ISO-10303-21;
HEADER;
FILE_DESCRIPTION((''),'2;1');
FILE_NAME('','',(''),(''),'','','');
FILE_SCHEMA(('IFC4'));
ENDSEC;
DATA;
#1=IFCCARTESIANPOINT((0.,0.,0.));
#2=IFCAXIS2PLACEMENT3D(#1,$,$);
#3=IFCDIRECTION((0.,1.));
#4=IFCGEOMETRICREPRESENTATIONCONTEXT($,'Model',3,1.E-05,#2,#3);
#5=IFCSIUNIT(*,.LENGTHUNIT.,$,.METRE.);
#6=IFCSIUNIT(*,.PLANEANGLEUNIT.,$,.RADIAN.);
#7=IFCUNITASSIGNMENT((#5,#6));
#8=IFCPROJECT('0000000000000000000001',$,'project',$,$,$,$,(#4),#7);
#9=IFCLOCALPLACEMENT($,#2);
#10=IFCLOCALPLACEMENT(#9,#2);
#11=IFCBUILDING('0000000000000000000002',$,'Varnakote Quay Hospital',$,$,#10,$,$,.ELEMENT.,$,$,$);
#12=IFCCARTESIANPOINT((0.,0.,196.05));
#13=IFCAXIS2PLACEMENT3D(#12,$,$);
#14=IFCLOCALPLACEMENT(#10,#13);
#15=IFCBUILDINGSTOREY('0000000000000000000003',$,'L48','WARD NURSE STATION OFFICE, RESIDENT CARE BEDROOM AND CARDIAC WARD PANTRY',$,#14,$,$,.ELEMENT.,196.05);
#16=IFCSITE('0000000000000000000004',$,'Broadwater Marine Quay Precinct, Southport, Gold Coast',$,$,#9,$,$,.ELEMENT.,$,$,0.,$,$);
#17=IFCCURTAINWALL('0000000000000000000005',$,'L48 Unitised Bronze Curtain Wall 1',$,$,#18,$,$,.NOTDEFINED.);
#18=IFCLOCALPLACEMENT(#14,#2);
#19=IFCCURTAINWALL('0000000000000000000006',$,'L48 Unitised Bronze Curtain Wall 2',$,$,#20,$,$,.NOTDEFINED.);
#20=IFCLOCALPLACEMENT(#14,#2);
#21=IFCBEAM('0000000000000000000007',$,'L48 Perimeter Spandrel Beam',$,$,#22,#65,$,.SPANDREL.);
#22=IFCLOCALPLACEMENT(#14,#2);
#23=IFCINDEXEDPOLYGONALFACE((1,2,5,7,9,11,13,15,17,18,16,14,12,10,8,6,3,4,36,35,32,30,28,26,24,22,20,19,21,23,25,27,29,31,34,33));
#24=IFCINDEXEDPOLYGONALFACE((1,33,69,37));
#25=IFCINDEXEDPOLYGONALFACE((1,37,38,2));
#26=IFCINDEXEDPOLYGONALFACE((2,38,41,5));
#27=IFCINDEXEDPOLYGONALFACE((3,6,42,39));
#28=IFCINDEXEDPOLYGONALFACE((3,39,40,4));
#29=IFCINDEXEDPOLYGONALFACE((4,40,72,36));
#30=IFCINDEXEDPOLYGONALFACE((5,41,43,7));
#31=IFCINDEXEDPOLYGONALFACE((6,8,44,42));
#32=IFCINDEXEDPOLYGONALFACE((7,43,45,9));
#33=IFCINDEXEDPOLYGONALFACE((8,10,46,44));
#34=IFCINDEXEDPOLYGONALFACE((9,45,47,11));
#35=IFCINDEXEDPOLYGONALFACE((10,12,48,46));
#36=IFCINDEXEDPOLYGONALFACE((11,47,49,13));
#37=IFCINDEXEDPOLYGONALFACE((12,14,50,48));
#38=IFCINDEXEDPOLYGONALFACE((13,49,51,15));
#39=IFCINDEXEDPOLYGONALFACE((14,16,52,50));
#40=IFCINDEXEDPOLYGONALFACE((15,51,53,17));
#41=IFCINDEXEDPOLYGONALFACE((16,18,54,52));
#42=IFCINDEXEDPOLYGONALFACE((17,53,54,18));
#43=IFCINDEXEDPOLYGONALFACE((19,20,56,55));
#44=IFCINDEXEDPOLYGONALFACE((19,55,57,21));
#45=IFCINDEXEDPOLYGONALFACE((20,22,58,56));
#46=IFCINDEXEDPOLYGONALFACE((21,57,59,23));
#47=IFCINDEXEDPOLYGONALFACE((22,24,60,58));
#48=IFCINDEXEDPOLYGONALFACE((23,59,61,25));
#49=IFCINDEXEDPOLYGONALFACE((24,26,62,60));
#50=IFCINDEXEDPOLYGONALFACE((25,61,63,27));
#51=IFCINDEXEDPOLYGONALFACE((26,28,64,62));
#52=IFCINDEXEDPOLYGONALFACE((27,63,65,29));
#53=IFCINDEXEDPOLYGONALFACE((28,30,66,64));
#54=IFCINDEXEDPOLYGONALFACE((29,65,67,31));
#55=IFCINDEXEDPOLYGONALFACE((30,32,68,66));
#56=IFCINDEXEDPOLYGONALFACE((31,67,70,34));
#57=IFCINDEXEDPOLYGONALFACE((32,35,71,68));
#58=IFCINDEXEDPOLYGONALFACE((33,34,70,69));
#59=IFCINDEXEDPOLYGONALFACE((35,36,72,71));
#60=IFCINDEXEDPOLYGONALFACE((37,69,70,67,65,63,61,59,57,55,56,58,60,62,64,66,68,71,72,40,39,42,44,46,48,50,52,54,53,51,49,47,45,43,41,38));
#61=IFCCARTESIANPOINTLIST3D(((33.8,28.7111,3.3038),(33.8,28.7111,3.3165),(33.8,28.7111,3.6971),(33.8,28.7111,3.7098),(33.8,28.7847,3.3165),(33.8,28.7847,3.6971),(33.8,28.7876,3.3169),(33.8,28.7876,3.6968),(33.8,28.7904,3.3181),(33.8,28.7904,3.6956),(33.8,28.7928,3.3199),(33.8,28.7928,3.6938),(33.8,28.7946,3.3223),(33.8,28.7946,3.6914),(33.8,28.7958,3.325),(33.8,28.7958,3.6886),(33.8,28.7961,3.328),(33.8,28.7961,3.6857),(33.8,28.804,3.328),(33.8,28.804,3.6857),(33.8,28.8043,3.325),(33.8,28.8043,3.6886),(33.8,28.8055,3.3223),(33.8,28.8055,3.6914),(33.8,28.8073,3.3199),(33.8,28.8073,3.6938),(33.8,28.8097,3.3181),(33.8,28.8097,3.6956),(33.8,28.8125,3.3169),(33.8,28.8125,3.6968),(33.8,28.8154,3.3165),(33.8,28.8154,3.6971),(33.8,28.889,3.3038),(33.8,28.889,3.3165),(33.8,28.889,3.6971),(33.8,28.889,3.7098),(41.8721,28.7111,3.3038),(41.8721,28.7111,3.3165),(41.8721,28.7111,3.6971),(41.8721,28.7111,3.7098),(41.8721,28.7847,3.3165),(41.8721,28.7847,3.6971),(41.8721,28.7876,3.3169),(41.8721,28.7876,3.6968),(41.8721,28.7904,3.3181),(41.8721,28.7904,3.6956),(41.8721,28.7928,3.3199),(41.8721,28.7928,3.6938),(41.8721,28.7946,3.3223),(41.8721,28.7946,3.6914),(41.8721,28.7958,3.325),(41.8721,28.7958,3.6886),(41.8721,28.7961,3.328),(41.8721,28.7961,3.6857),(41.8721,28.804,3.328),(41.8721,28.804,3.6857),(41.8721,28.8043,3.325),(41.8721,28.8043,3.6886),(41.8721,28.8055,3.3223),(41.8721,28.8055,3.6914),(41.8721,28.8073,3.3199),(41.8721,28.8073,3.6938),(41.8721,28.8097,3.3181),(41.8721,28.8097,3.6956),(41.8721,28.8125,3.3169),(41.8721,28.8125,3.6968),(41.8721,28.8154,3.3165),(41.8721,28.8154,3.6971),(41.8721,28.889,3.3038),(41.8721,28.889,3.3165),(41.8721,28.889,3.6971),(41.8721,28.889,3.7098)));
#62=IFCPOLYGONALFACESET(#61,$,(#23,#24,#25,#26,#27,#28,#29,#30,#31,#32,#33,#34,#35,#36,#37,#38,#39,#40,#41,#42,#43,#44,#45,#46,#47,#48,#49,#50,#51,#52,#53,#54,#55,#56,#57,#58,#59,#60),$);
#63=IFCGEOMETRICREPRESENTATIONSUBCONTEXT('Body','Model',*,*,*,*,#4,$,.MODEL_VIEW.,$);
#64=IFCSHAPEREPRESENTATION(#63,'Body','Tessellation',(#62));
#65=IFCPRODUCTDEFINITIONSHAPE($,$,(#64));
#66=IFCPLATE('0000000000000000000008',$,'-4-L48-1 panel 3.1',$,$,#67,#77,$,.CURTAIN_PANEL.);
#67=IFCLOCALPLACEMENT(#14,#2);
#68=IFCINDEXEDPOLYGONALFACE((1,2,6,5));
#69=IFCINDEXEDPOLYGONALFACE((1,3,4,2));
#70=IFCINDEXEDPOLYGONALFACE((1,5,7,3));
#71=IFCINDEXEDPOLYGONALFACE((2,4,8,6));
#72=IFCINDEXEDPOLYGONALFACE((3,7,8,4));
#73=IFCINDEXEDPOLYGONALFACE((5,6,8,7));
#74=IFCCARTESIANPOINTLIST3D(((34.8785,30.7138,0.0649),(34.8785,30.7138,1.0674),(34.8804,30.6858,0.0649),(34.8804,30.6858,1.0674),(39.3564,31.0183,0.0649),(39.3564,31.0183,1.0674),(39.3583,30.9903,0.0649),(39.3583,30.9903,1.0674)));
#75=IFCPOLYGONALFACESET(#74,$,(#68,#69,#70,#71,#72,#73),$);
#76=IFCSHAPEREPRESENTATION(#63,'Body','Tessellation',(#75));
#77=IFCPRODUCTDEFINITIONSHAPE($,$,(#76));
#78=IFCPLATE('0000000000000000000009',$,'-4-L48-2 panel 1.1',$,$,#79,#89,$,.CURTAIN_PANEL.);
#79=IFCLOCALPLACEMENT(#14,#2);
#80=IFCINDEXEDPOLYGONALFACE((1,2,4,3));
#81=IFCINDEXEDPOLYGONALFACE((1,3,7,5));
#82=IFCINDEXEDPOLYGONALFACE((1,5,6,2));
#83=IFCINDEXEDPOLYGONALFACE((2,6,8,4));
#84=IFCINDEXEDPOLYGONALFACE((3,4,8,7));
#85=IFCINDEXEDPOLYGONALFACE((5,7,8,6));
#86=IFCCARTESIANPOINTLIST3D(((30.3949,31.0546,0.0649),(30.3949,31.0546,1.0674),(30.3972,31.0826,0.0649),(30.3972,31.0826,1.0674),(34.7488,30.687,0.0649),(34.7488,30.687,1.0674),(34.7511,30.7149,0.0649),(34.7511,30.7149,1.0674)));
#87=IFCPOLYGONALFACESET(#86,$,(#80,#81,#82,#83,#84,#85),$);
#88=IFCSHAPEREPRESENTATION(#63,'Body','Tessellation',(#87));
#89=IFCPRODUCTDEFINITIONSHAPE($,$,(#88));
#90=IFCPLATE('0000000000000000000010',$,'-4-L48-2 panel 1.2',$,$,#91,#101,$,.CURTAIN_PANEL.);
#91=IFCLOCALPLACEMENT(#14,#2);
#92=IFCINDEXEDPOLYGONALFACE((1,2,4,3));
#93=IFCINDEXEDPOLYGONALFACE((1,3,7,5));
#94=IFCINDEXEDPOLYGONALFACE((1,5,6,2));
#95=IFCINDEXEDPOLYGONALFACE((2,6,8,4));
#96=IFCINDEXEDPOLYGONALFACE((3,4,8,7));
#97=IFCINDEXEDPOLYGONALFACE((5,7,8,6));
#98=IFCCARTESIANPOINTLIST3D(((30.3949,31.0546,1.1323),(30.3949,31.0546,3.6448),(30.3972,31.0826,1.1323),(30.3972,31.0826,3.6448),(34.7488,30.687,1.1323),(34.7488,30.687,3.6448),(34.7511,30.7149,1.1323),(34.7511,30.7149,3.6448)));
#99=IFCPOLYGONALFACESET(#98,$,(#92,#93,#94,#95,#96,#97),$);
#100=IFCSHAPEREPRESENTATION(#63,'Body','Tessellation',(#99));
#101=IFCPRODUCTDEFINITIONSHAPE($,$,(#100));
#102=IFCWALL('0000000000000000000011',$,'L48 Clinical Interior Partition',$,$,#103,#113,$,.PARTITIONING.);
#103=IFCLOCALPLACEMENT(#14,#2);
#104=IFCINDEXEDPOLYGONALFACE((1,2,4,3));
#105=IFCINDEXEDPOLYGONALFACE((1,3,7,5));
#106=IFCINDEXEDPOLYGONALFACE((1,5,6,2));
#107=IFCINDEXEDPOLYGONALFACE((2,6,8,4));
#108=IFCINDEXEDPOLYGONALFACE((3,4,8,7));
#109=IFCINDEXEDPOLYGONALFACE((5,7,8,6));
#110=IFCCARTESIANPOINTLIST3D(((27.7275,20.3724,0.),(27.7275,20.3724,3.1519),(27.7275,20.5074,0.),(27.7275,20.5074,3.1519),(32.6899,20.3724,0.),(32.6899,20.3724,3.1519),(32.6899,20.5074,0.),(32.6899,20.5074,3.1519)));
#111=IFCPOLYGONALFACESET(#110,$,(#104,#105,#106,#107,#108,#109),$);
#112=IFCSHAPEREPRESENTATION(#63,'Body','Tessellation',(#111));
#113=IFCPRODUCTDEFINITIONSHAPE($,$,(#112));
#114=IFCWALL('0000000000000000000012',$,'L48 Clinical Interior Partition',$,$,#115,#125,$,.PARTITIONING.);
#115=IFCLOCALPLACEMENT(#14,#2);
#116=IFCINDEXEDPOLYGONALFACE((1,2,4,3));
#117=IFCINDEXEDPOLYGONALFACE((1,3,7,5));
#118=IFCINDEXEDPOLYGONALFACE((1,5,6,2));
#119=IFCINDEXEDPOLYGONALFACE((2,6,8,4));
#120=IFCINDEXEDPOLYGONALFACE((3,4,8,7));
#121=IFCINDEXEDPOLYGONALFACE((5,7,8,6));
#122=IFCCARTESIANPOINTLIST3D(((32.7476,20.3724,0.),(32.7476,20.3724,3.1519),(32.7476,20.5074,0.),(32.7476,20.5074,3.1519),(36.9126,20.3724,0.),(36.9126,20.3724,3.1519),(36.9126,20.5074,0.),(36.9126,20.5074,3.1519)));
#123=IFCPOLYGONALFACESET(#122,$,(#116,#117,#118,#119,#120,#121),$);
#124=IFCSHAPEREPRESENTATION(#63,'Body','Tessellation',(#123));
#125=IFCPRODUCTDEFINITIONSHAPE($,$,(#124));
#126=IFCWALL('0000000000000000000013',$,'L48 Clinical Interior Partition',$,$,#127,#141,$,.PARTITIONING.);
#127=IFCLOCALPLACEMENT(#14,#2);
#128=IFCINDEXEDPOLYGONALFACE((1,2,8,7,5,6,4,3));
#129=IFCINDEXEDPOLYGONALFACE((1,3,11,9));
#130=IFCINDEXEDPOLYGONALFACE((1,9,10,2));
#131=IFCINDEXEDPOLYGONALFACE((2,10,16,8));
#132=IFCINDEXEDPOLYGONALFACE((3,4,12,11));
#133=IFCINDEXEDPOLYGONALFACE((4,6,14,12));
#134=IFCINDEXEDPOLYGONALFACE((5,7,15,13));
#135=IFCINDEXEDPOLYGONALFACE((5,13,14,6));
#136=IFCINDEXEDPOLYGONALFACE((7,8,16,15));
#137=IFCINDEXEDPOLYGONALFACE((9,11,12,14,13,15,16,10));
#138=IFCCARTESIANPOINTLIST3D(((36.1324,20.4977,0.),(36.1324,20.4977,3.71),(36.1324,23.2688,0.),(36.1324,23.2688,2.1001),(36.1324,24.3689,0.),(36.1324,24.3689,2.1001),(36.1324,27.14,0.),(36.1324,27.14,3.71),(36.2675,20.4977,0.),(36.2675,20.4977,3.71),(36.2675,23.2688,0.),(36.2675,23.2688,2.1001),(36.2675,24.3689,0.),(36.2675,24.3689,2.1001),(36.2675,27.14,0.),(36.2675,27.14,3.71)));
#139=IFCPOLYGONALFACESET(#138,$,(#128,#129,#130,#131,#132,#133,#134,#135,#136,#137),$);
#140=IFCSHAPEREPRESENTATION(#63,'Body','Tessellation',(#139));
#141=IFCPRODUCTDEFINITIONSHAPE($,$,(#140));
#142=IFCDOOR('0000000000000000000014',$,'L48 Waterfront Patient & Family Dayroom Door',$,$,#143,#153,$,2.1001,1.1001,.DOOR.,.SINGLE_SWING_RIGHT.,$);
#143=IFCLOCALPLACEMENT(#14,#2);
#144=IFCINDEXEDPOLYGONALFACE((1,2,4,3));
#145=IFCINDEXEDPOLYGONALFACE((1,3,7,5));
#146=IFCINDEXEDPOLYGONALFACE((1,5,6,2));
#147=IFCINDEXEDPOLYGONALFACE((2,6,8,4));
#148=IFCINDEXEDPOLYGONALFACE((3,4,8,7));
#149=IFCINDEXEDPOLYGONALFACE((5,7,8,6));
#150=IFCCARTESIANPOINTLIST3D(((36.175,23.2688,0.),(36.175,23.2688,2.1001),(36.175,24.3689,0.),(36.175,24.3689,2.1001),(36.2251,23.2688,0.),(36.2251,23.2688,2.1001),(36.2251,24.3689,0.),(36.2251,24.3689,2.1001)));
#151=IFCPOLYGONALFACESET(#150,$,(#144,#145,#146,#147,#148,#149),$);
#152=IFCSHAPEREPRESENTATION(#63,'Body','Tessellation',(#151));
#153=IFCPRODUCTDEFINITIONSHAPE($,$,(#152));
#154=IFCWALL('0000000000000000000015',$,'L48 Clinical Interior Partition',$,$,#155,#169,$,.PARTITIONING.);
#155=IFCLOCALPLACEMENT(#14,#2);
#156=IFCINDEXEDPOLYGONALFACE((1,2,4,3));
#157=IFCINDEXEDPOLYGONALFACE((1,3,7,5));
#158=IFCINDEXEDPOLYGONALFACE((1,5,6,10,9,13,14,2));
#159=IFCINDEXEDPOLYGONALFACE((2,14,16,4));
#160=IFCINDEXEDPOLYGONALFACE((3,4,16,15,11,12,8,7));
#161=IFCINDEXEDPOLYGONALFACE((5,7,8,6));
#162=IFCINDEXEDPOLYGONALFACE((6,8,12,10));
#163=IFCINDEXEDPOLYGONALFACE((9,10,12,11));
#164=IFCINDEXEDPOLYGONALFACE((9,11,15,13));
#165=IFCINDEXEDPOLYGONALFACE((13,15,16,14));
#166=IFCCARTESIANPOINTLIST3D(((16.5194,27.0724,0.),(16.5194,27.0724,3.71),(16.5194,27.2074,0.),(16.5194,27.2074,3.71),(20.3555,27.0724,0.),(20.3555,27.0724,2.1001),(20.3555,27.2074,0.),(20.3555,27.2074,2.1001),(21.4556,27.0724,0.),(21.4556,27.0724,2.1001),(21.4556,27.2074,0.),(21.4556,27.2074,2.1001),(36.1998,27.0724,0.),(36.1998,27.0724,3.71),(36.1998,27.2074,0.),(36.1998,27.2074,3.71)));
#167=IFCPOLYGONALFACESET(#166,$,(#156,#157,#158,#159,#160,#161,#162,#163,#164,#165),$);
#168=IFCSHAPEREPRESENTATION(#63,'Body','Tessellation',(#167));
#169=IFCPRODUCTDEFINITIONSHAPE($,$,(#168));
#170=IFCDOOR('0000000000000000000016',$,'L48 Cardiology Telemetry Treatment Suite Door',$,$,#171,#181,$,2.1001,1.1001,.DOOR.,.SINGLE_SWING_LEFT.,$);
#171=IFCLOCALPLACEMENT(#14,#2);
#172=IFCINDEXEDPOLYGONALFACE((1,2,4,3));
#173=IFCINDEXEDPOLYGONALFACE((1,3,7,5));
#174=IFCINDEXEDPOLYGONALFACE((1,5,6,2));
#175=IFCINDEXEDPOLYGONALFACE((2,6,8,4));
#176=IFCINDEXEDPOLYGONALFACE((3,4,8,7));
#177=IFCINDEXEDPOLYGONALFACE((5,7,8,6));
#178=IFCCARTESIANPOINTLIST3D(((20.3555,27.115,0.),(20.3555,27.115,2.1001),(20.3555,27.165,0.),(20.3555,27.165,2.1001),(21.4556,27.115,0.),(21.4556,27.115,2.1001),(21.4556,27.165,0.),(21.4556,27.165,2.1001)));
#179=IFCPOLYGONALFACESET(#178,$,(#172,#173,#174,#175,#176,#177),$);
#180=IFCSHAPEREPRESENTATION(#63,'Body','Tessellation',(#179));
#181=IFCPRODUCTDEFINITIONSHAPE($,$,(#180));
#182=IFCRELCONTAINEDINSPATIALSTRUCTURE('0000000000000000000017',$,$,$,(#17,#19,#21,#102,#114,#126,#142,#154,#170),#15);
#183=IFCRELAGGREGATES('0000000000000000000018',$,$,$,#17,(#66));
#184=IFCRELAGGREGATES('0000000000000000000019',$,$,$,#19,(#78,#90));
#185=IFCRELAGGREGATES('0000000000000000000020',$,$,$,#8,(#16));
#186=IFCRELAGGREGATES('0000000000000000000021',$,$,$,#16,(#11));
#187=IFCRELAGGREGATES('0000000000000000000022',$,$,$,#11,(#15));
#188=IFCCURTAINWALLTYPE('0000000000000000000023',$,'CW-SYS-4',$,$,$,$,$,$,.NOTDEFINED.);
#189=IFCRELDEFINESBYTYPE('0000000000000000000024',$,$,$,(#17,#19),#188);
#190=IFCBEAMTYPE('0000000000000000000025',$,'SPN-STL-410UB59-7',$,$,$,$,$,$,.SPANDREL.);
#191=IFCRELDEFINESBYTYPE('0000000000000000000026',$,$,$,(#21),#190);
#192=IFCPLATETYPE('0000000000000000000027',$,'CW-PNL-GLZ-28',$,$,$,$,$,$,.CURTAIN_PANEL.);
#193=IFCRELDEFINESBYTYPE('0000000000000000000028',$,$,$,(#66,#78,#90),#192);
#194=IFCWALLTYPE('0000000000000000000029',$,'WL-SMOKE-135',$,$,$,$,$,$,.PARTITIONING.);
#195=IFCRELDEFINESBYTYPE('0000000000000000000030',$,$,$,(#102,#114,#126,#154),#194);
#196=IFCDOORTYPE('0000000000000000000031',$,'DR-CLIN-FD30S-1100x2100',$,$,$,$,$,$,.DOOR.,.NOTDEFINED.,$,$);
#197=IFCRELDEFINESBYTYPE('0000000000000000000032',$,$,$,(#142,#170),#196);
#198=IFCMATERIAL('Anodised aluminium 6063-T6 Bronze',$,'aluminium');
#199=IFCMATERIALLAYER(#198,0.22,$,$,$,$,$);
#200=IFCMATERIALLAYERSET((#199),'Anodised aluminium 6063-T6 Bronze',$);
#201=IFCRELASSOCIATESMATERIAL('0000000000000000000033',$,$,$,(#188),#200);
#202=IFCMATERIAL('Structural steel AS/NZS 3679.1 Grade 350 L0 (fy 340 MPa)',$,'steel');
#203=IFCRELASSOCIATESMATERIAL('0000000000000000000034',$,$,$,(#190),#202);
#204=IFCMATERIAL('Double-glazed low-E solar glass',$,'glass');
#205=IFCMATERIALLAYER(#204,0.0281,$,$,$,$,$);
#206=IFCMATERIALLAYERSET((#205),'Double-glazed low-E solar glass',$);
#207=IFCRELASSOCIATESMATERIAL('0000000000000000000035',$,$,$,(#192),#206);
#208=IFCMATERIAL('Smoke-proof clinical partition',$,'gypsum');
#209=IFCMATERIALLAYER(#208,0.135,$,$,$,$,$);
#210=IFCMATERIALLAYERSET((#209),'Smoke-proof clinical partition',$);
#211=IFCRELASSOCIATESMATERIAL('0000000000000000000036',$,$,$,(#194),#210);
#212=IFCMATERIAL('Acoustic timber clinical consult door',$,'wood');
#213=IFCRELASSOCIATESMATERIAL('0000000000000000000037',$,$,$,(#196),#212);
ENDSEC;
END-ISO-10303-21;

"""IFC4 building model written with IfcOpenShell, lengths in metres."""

from ifc_helpers import new_model, si_unit, direction, frame, frame_2d, origin, origin_2d, place, context, subcontext, project, spatial, rectangle, i_section, extrude, material, layer, layer_set, material_profile, profile_set, type_object, element, fill, aggregate, save


model = new_model("IFC4")

# Units and contexts
model_context = context("Model", 3, precision=1e-05, world=origin(), true_north=direction((0.0, 1.0)))
body_context = subcontext(model_context, "Body", "Model", "MODEL_VIEW")
ifc_project = project(units=[si_unit("LENGTHUNIT", "METRE"), si_unit("PLANEANGLEUNIT", "RADIAN")], contexts=[model_context])

# Site, building, storey
site_placement = place(None, origin())
site = spatial("IfcSite", under=ifc_project, at=site_placement, Name="Broadwater Marine Quay Precinct, Southport, Gold Coast", CompositionType="ELEMENT", RefElevation=0.0)
building_placement = place(site_placement, origin())
building = spatial("IfcBuilding", under=site, at=building_placement, Name="Varnakote Quay Hospital", CompositionType="ELEMENT")
storey_placement = place(building_placement, frame((0.0, 0.0, 196.05)))
storey = spatial("IfcBuildingStorey", under=building, at=storey_placement, Name="L48", Description="WARD NURSE STATION OFFICE, RESIDENT CARE BEDROOM AND CARDIAC WARD PANTRY", CompositionType="ELEMENT", Elevation=196.05)

# Curtain wall
ifc_material_1 = material(Name="Anodised aluminium 6063-T6 Bronze", Category="aluminium")
ifc_layer_1 = layer(ifc_material_1, 0.22)
ifc_layer_set_1 = layer_set([ifc_layer_1], Name="Anodised aluminium 6063-T6 Bronze")
curtain_wall_type = type_object("IfcCurtainWallType", Name="CW-SYS-4", PredefinedType="NOTDEFINED", material=ifc_layer_set_1)
curtain_wall_1_placement = place(storey_placement, origin())
curtain_wall_1 = element("IfcCurtainWall", 1, at=curtain_wall_1_placement, inside=storey, type_object=curtain_wall_type, Name="L48 Unitised Bronze Curtain Wall 1", PredefinedType="NOTDEFINED")

# Curtain wall
curtain_wall_2_placement = place(storey_placement, origin())
curtain_wall_2 = element("IfcCurtainWall", 2, at=curtain_wall_2_placement, inside=storey, type_object=curtain_wall_type, Name="L48 Unitised Bronze Curtain Wall 2", PredefinedType="NOTDEFINED")

# Beam
ifc_material_2 = material(Name="Structural steel AS/NZS 3679.1 Grade 350 L0 (fy 340 MPa)", Category="steel")
ifc_material_profile_1 = material_profile(ifc_material_2, i_section(OverallWidth=0.178, OverallDepth=0.406, WebThickness=0.0078, FlangeThickness=0.0127, FilletRadius=0.0115, at=origin_2d()), Name="410UB59.7")
ifc_profile_set_1 = profile_set([ifc_material_profile_1], Name="Structural steel AS/NZS 3679.1 Grade 350 L0 (fy 340 MPa)")
beam_type_1 = type_object("IfcBeamType", Name="SPN-STL-410UB59-7", PredefinedType="SPANDREL", material=ifc_profile_set_1)
beam_1_placement = place(storey_placement, frame((33.8, 28.8, 3.5068), z_axis=(1.0, 0.0, 0.0), x_axis=(0.0, 1.0, 0.0)))
element("IfcBeam", 3, at=beam_1_placement, inside=storey, type_object=beam_type_1, Name="L48 Perimeter Spandrel Beam", PredefinedType="SPANDREL", context=body_context, shape_type="SweptSolid", body=[
    extrude(i_section(OverallWidth=0.178, OverallDepth=0.406, WebThickness=0.0078, FlangeThickness=0.0127, FilletRadius=0.0115, at=origin_2d()), origin(), (0.0, 0.0, 1.0), 8.072),
])

# Plates
ifc_material_3 = material(Name="Double-glazed low-E solar glass", Category="glass")
ifc_layer_2 = layer(ifc_material_3, 0.0281)
ifc_layer_set_2 = layer_set([ifc_layer_2], Name="Double-glazed low-E solar glass")
plate_type = type_object("IfcPlateType", Name="CW-PNL-GLZ-28", PredefinedType="CURTAIN_PANEL", material=ifc_layer_set_2)
plate_1_placement = place(storey_placement, frame((37.1184, 30.8521, 0.0649), z_axis=(0.0, 0.0, 1.0), x_axis=(-0.997696, -0.067842, 0.0)))
plate_1 = element("IfcPlate", 4, at=plate_1_placement, type_object=plate_type, Name="-4-L48-1 panel 3.1", PredefinedType="CURTAIN_PANEL", context=body_context, shape_type="SweptSolid", body=[
    extrude(rectangle(XDim=4.4883, YDim=0.0281, at=origin_2d()), origin(), (0.0, 0.0, 1.0), 1.0024),
])
aggregate(curtain_wall_1, [plate_1])
plate_2_placement = place(storey_placement, frame((32.573, 30.8848, 0.0649), z_axis=(0.0, 0.0, 1.0), x_axis=(-0.996454, 0.084136, 0.0)))
plate_2 = element("IfcPlate", 5, at=plate_2_placement, type_object=plate_type, Name="-4-L48-2 panel 1.1", PredefinedType="CURTAIN_PANEL", context=body_context, shape_type="SweptSolid", body=[
    extrude(rectangle(XDim=4.3694, YDim=0.0281, at=origin_2d()), origin(), (0.0, 0.0, 1.0), 1.0024),
])
plate_3_placement = place(storey_placement, frame((32.573, 30.8848, 1.1323), z_axis=(0.0, 0.0, 1.0), x_axis=(-0.996454, 0.084136, 0.0)))
plate_3 = element("IfcPlate", 6, at=plate_3_placement, type_object=plate_type, Name="-4-L48-2 panel 1.2", PredefinedType="CURTAIN_PANEL", context=body_context, shape_type="SweptSolid", body=[
    extrude(rectangle(XDim=4.3694, YDim=0.0281, at=origin_2d()), origin(), (0.0, 0.0, 1.0), 2.5125),
])
aggregate(curtain_wall_2, [plate_2, plate_3])

# Walls
ifc_material_4 = material(Name="Smoke-proof clinical partition", Category="gypsum")
ifc_layer_3 = layer(ifc_material_4, 0.135)
ifc_layer_set_3 = layer_set([ifc_layer_3], Name="Smoke-proof clinical partition")
wall_type = type_object("IfcWallType", Name="WL-SMOKE-135", PredefinedType="PARTITIONING", material=ifc_layer_set_3)
wall_1_placement = place(storey_placement, frame((32.6899, 20.4399, 0.0), z_axis=(0.0, 0.0, 1.0), x_axis=(-1.0, 0.0, 0.0)))
element("IfcWall", 7, at=wall_1_placement, inside=storey, type_object=wall_type, Name="L48 Clinical Interior Partition", PredefinedType="PARTITIONING", context=body_context, shape_type="SweptSolid", body=[
    extrude(rectangle(XDim=4.9624, YDim=0.135, at=frame_2d((2.4812, 0.0))), origin(), (0.0, 0.0, 1.0), 3.1519),
])
wall_2_placement = place(storey_placement, frame((36.9126, 20.4399, 0.0), z_axis=(0.0, 0.0, 1.0), x_axis=(-1.0, 0.0, 0.0)))
element("IfcWall", 8, at=wall_2_placement, inside=storey, type_object=wall_type, Name="L48 Clinical Interior Partition", PredefinedType="PARTITIONING", context=body_context, shape_type="SweptSolid", body=[
    extrude(rectangle(XDim=4.165, YDim=0.135, at=frame_2d((2.0825, 0.0))), origin(), (0.0, 0.0, 1.0), 3.1519),
])

# Walls, openings, doors
wall_3_placement = place(storey_placement, frame((36.2, 20.4976, 0.0), z_axis=(0.0, 0.0, 1.0), x_axis=(0.0, 1.0, 0.0)))
wall_3 = element("IfcWall", 9, at=wall_3_placement, inside=storey, type_object=wall_type, Name="L48 Clinical Interior Partition", PredefinedType="PARTITIONING", context=body_context, shape_type="SweptSolid", body=[
    extrude(rectangle(XDim=6.6423, YDim=0.135, at=frame_2d((3.3213, 0.0))), origin(), (0.0, 0.0, 1.0), 3.71),
])
opening_1_placement = place(wall_3_placement, frame((2.7712, 0.0, 0.0)))
opening_1 = element("IfcOpeningElement", 10, at=opening_1_placement, cuts=wall_3, PredefinedType="OPENING", context=body_context, shape_type="SweptSolid", body=[
    extrude(rectangle(XDim=1.1001, YDim=2.1001, at=frame_2d((0.55, 1.05))), frame((0.0, 0.0774, 0.0), z_axis=(0.0, -1.0, 0.0), x_axis=(1.0, 0.0, 0.0)), (0.0, 0.0, 1.0), 0.155),
])
ifc_material_5 = material(Name="Acoustic timber clinical consult door", Category="wood")
door_type = type_object("IfcDoorType", Name="DR-CLIN-FD30S-1100x2100", OperationType="NOTDEFINED", PredefinedType="DOOR", material=ifc_material_5)
door_1_placement = place(opening_1_placement, origin())
door_1 = element("IfcDoor", 11, at=door_1_placement, inside=storey, type_object=door_type, Name="L48 Waterfront Patient & Family Dayroom Door", OperationType="SINGLE_SWING_RIGHT", OverallHeight=2.1001, OverallWidth=1.1001, PredefinedType="DOOR", context=body_context, shape_type="SweptSolid", body=[
    extrude(rectangle(XDim=1.1001, YDim=2.1001, at=frame_2d((0.55, 1.05))), frame((0.0, 0.0249, 0.0), z_axis=(0.0, -1.0, 0.0), x_axis=(1.0, 0.0, 0.0)), (0.0, 0.0, 1.0), 0.05),
])
fill(opening_1, door_1)
wall_4_placement = place(storey_placement, frame((36.2, 27.1399, 0.0), z_axis=(0.0, 0.0, 1.0), x_axis=(-1.0, 0.0, 0.0)))
wall_4 = element("IfcWall", 12, at=wall_4_placement, inside=storey, type_object=wall_type, Name="L48 Clinical Interior Partition", PredefinedType="PARTITIONING", context=body_context, shape_type="SweptSolid", body=[
    extrude(rectangle(XDim=19.6804, YDim=0.135, at=frame_2d((9.8403, 0.0))), origin(), (0.0, 0.0, 1.0), 3.71),
])
opening_2_placement = place(wall_4_placement, frame((14.7444, 0.0, 0.0)))
opening_2 = element("IfcOpeningElement", 13, at=opening_2_placement, cuts=wall_4, PredefinedType="OPENING", context=body_context, shape_type="SweptSolid", body=[
    extrude(rectangle(XDim=1.1001, YDim=2.1001, at=frame_2d((0.55, 1.05))), frame((0.0, 0.0774, 0.0), z_axis=(0.0, -1.0, 0.0), x_axis=(1.0, 0.0, 0.0)), (0.0, 0.0, 1.0), 0.155),
])
door_2_placement = place(opening_2_placement, origin())
door_2 = element("IfcDoor", 14, at=door_2_placement, inside=storey, type_object=door_type, Name="L48 Cardiology Telemetry Treatment Suite Door", OperationType="SINGLE_SWING_LEFT", OverallHeight=2.1001, OverallWidth=1.1001, PredefinedType="DOOR", context=body_context, shape_type="SweptSolid", body=[
    extrude(rectangle(XDim=1.1001, YDim=2.1001, at=frame_2d((0.55, 1.05))), frame((0.0, 0.0249, 0.0), z_axis=(0.0, -1.0, 0.0), x_axis=(1.0, 0.0, 0.0)), (0.0, 0.0, 1.0), 0.05),
])
fill(opening_2, door_2)

save(model, "model.ifc")
